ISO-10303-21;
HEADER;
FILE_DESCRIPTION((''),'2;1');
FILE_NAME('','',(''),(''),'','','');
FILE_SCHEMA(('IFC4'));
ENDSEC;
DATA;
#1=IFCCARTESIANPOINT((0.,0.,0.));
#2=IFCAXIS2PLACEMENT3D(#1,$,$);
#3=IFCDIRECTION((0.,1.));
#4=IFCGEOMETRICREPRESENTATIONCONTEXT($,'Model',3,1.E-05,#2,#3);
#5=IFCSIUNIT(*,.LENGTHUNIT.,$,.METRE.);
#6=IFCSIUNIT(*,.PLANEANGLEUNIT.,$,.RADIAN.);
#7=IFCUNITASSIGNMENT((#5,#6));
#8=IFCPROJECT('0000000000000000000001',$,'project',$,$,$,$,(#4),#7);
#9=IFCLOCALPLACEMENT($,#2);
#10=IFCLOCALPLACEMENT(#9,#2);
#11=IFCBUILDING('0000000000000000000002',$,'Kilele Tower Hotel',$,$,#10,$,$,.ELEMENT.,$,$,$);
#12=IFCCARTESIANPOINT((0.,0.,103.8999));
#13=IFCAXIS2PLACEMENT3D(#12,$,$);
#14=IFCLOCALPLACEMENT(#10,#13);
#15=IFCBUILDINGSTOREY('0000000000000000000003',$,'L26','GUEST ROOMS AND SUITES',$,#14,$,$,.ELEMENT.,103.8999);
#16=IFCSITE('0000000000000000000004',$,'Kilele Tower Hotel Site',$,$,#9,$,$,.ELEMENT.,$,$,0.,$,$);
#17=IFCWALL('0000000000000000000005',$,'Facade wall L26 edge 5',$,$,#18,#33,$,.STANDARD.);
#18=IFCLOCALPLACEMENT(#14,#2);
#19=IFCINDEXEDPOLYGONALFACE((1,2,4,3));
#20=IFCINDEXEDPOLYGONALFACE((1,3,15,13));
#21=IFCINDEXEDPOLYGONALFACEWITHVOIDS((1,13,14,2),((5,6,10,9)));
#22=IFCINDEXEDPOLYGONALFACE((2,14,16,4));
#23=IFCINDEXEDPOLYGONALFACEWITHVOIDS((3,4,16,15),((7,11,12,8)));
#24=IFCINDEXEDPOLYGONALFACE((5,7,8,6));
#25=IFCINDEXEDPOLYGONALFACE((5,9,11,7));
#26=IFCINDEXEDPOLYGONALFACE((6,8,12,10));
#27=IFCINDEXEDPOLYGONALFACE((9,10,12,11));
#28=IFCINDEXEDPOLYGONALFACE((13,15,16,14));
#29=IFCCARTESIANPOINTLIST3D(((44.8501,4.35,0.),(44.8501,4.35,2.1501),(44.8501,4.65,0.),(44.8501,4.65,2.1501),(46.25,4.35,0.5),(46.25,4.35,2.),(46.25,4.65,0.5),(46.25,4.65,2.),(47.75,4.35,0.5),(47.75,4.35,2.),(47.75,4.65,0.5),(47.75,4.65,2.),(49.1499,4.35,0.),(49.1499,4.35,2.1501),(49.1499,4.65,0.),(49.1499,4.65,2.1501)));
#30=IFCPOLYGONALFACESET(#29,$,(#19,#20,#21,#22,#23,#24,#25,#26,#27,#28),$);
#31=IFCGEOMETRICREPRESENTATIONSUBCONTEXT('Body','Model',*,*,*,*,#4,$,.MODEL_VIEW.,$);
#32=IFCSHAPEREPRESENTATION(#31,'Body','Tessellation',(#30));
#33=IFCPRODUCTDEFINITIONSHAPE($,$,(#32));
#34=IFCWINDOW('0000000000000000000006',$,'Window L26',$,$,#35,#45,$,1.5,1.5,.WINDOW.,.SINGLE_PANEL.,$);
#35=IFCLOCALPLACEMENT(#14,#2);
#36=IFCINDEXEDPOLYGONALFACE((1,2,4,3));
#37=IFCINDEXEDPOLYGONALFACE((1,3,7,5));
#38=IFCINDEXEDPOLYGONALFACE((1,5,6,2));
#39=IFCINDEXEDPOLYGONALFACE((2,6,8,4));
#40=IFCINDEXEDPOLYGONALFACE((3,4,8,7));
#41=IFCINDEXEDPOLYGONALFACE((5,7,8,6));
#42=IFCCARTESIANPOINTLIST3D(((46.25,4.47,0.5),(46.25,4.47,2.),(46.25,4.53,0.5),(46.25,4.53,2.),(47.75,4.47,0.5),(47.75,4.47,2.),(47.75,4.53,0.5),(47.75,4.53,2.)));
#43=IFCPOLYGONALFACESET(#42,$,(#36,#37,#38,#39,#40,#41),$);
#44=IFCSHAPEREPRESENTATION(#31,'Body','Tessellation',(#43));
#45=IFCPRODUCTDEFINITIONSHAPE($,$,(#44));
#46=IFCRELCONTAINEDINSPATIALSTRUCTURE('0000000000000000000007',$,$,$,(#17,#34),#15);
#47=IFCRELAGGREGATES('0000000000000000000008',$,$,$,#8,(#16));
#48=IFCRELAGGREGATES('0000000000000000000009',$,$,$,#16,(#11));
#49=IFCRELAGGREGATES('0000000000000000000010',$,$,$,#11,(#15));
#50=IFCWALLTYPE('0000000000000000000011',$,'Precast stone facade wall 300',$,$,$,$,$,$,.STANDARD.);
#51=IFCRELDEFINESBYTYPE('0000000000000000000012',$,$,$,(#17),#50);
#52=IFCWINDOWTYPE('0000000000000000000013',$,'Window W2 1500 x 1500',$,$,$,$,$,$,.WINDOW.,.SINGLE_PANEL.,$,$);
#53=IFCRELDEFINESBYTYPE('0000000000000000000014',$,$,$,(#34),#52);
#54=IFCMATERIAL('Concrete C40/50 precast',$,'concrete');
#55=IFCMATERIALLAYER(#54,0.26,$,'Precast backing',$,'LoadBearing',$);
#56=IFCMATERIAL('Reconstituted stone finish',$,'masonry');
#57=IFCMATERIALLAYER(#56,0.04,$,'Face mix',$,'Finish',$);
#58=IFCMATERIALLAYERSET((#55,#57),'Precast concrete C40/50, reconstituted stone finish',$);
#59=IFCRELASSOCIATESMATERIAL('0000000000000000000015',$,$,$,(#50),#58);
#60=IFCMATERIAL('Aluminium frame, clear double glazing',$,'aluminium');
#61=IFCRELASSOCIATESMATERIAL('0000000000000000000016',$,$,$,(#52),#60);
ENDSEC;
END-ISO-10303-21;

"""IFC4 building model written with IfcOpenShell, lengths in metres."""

from ifc_helpers import new_model, si_unit, direction, frame, frame_2d, origin, place, context, subcontext, project, spatial, rectangle, extrude, material, layer, layer_set, type_object, element, fill, save


model = new_model("IFC4")

# Units and contexts
model_context = context("Model", 3, precision=1e-05, world=origin(), true_north=direction((0.0, 1.0)))
body_context = subcontext(model_context, "Body", "Model", "MODEL_VIEW")
ifc_project = project(units=[si_unit("LENGTHUNIT", "METRE"), si_unit("PLANEANGLEUNIT", "RADIAN")], contexts=[model_context])

# Site, building, storey
site_placement = place(None, origin())
site = spatial("IfcSite", under=ifc_project, at=site_placement, Name="Kilele Tower Hotel Site", CompositionType="ELEMENT", RefElevation=0.0)
building_placement = place(site_placement, origin())
building = spatial("IfcBuilding", under=site, at=building_placement, Name="Kilele Tower Hotel", CompositionType="ELEMENT")
storey_placement = place(building_placement, frame((0.0, 0.0, 103.8999)))
storey = spatial("IfcBuildingStorey", under=building, at=storey_placement, Name="L26", Description="GUEST ROOMS AND SUITES", CompositionType="ELEMENT", Elevation=103.8999)

# Wall, opening, window
ifc_material_1 = material(Name="Concrete C40/50 precast", Category="concrete")
ifc_layer_1 = layer(ifc_material_1, 0.26, Name="Precast backing", Category="LoadBearing")
ifc_material_2 = material(Name="Reconstituted stone finish", Category="masonry")
ifc_layer_2 = layer(ifc_material_2, 0.04, Name="Face mix", Category="Finish")
ifc_layer_set_1 = layer_set([ifc_layer_1, ifc_layer_2], Name="Precast concrete C40/50, reconstituted stone finish")
wall_type_1 = type_object("IfcWallType", Name="Precast stone facade wall 300", PredefinedType="STANDARD", material=ifc_layer_set_1)
ifc_material_3 = material(Name="Aluminium frame, clear double glazing", Category="aluminium")
window_type = type_object("IfcWindowType", Name="Window W2 1500 x 1500", PartitioningType="SINGLE_PANEL", PredefinedType="WINDOW", material=ifc_material_3)
wall_1_placement = place(storey_placement, frame((44.8501, 4.5, 0.0), z_axis=(0.0, 0.0, 1.0), x_axis=(1.0, 0.0, 0.0)))
wall_1 = element("IfcWall", 1, at=wall_1_placement, inside=storey, type_object=wall_type_1, Name="Facade wall L26 edge 5", PredefinedType="STANDARD", context=body_context, shape_type="SweptSolid", body=[
    extrude(rectangle(XDim=4.2998, YDim=0.3, at=frame_2d((2.1499, 0.0))), origin(), (0.0, 0.0, 1.0), 2.1501),
])
opening_1_placement = place(wall_1_placement, frame((1.3999, 0.0, 0.5)))
opening_1 = element("IfcOpeningElement", 2, at=opening_1_placement, cuts=wall_1, PredefinedType="OPENING", context=body_context, shape_type="SweptSolid", body=[
    extrude(rectangle(XDim=1.5, YDim=1.5, at=frame_2d((0.75, 0.75))), frame((0.0, 0.1599, 0.0), z_axis=(0.0, -1.0, 0.0), x_axis=(1.0, 0.0, 0.0)), (0.0, 0.0, 1.0), 0.3201),
])
window_1_placement = place(opening_1_placement, origin())
window_1 = element("IfcWindow", 3, at=window_1_placement, inside=storey, type_object=window_type, Name="Window L26", OverallHeight=1.5, OverallWidth=1.5, PartitioningType="SINGLE_PANEL", PredefinedType="WINDOW", context=body_context, shape_type="SweptSolid", body=[
    extrude(rectangle(XDim=1.5, YDim=1.5, at=frame_2d((0.75, 0.75))), frame((0.0, 0.03, 0.0), z_axis=(0.0, -1.0, 0.0), x_axis=(1.0, 0.0, 0.0)), (0.0, 0.0, 1.0), 0.0601),
])
fill(opening_1, window_1)

save(model, "model.ifc")
